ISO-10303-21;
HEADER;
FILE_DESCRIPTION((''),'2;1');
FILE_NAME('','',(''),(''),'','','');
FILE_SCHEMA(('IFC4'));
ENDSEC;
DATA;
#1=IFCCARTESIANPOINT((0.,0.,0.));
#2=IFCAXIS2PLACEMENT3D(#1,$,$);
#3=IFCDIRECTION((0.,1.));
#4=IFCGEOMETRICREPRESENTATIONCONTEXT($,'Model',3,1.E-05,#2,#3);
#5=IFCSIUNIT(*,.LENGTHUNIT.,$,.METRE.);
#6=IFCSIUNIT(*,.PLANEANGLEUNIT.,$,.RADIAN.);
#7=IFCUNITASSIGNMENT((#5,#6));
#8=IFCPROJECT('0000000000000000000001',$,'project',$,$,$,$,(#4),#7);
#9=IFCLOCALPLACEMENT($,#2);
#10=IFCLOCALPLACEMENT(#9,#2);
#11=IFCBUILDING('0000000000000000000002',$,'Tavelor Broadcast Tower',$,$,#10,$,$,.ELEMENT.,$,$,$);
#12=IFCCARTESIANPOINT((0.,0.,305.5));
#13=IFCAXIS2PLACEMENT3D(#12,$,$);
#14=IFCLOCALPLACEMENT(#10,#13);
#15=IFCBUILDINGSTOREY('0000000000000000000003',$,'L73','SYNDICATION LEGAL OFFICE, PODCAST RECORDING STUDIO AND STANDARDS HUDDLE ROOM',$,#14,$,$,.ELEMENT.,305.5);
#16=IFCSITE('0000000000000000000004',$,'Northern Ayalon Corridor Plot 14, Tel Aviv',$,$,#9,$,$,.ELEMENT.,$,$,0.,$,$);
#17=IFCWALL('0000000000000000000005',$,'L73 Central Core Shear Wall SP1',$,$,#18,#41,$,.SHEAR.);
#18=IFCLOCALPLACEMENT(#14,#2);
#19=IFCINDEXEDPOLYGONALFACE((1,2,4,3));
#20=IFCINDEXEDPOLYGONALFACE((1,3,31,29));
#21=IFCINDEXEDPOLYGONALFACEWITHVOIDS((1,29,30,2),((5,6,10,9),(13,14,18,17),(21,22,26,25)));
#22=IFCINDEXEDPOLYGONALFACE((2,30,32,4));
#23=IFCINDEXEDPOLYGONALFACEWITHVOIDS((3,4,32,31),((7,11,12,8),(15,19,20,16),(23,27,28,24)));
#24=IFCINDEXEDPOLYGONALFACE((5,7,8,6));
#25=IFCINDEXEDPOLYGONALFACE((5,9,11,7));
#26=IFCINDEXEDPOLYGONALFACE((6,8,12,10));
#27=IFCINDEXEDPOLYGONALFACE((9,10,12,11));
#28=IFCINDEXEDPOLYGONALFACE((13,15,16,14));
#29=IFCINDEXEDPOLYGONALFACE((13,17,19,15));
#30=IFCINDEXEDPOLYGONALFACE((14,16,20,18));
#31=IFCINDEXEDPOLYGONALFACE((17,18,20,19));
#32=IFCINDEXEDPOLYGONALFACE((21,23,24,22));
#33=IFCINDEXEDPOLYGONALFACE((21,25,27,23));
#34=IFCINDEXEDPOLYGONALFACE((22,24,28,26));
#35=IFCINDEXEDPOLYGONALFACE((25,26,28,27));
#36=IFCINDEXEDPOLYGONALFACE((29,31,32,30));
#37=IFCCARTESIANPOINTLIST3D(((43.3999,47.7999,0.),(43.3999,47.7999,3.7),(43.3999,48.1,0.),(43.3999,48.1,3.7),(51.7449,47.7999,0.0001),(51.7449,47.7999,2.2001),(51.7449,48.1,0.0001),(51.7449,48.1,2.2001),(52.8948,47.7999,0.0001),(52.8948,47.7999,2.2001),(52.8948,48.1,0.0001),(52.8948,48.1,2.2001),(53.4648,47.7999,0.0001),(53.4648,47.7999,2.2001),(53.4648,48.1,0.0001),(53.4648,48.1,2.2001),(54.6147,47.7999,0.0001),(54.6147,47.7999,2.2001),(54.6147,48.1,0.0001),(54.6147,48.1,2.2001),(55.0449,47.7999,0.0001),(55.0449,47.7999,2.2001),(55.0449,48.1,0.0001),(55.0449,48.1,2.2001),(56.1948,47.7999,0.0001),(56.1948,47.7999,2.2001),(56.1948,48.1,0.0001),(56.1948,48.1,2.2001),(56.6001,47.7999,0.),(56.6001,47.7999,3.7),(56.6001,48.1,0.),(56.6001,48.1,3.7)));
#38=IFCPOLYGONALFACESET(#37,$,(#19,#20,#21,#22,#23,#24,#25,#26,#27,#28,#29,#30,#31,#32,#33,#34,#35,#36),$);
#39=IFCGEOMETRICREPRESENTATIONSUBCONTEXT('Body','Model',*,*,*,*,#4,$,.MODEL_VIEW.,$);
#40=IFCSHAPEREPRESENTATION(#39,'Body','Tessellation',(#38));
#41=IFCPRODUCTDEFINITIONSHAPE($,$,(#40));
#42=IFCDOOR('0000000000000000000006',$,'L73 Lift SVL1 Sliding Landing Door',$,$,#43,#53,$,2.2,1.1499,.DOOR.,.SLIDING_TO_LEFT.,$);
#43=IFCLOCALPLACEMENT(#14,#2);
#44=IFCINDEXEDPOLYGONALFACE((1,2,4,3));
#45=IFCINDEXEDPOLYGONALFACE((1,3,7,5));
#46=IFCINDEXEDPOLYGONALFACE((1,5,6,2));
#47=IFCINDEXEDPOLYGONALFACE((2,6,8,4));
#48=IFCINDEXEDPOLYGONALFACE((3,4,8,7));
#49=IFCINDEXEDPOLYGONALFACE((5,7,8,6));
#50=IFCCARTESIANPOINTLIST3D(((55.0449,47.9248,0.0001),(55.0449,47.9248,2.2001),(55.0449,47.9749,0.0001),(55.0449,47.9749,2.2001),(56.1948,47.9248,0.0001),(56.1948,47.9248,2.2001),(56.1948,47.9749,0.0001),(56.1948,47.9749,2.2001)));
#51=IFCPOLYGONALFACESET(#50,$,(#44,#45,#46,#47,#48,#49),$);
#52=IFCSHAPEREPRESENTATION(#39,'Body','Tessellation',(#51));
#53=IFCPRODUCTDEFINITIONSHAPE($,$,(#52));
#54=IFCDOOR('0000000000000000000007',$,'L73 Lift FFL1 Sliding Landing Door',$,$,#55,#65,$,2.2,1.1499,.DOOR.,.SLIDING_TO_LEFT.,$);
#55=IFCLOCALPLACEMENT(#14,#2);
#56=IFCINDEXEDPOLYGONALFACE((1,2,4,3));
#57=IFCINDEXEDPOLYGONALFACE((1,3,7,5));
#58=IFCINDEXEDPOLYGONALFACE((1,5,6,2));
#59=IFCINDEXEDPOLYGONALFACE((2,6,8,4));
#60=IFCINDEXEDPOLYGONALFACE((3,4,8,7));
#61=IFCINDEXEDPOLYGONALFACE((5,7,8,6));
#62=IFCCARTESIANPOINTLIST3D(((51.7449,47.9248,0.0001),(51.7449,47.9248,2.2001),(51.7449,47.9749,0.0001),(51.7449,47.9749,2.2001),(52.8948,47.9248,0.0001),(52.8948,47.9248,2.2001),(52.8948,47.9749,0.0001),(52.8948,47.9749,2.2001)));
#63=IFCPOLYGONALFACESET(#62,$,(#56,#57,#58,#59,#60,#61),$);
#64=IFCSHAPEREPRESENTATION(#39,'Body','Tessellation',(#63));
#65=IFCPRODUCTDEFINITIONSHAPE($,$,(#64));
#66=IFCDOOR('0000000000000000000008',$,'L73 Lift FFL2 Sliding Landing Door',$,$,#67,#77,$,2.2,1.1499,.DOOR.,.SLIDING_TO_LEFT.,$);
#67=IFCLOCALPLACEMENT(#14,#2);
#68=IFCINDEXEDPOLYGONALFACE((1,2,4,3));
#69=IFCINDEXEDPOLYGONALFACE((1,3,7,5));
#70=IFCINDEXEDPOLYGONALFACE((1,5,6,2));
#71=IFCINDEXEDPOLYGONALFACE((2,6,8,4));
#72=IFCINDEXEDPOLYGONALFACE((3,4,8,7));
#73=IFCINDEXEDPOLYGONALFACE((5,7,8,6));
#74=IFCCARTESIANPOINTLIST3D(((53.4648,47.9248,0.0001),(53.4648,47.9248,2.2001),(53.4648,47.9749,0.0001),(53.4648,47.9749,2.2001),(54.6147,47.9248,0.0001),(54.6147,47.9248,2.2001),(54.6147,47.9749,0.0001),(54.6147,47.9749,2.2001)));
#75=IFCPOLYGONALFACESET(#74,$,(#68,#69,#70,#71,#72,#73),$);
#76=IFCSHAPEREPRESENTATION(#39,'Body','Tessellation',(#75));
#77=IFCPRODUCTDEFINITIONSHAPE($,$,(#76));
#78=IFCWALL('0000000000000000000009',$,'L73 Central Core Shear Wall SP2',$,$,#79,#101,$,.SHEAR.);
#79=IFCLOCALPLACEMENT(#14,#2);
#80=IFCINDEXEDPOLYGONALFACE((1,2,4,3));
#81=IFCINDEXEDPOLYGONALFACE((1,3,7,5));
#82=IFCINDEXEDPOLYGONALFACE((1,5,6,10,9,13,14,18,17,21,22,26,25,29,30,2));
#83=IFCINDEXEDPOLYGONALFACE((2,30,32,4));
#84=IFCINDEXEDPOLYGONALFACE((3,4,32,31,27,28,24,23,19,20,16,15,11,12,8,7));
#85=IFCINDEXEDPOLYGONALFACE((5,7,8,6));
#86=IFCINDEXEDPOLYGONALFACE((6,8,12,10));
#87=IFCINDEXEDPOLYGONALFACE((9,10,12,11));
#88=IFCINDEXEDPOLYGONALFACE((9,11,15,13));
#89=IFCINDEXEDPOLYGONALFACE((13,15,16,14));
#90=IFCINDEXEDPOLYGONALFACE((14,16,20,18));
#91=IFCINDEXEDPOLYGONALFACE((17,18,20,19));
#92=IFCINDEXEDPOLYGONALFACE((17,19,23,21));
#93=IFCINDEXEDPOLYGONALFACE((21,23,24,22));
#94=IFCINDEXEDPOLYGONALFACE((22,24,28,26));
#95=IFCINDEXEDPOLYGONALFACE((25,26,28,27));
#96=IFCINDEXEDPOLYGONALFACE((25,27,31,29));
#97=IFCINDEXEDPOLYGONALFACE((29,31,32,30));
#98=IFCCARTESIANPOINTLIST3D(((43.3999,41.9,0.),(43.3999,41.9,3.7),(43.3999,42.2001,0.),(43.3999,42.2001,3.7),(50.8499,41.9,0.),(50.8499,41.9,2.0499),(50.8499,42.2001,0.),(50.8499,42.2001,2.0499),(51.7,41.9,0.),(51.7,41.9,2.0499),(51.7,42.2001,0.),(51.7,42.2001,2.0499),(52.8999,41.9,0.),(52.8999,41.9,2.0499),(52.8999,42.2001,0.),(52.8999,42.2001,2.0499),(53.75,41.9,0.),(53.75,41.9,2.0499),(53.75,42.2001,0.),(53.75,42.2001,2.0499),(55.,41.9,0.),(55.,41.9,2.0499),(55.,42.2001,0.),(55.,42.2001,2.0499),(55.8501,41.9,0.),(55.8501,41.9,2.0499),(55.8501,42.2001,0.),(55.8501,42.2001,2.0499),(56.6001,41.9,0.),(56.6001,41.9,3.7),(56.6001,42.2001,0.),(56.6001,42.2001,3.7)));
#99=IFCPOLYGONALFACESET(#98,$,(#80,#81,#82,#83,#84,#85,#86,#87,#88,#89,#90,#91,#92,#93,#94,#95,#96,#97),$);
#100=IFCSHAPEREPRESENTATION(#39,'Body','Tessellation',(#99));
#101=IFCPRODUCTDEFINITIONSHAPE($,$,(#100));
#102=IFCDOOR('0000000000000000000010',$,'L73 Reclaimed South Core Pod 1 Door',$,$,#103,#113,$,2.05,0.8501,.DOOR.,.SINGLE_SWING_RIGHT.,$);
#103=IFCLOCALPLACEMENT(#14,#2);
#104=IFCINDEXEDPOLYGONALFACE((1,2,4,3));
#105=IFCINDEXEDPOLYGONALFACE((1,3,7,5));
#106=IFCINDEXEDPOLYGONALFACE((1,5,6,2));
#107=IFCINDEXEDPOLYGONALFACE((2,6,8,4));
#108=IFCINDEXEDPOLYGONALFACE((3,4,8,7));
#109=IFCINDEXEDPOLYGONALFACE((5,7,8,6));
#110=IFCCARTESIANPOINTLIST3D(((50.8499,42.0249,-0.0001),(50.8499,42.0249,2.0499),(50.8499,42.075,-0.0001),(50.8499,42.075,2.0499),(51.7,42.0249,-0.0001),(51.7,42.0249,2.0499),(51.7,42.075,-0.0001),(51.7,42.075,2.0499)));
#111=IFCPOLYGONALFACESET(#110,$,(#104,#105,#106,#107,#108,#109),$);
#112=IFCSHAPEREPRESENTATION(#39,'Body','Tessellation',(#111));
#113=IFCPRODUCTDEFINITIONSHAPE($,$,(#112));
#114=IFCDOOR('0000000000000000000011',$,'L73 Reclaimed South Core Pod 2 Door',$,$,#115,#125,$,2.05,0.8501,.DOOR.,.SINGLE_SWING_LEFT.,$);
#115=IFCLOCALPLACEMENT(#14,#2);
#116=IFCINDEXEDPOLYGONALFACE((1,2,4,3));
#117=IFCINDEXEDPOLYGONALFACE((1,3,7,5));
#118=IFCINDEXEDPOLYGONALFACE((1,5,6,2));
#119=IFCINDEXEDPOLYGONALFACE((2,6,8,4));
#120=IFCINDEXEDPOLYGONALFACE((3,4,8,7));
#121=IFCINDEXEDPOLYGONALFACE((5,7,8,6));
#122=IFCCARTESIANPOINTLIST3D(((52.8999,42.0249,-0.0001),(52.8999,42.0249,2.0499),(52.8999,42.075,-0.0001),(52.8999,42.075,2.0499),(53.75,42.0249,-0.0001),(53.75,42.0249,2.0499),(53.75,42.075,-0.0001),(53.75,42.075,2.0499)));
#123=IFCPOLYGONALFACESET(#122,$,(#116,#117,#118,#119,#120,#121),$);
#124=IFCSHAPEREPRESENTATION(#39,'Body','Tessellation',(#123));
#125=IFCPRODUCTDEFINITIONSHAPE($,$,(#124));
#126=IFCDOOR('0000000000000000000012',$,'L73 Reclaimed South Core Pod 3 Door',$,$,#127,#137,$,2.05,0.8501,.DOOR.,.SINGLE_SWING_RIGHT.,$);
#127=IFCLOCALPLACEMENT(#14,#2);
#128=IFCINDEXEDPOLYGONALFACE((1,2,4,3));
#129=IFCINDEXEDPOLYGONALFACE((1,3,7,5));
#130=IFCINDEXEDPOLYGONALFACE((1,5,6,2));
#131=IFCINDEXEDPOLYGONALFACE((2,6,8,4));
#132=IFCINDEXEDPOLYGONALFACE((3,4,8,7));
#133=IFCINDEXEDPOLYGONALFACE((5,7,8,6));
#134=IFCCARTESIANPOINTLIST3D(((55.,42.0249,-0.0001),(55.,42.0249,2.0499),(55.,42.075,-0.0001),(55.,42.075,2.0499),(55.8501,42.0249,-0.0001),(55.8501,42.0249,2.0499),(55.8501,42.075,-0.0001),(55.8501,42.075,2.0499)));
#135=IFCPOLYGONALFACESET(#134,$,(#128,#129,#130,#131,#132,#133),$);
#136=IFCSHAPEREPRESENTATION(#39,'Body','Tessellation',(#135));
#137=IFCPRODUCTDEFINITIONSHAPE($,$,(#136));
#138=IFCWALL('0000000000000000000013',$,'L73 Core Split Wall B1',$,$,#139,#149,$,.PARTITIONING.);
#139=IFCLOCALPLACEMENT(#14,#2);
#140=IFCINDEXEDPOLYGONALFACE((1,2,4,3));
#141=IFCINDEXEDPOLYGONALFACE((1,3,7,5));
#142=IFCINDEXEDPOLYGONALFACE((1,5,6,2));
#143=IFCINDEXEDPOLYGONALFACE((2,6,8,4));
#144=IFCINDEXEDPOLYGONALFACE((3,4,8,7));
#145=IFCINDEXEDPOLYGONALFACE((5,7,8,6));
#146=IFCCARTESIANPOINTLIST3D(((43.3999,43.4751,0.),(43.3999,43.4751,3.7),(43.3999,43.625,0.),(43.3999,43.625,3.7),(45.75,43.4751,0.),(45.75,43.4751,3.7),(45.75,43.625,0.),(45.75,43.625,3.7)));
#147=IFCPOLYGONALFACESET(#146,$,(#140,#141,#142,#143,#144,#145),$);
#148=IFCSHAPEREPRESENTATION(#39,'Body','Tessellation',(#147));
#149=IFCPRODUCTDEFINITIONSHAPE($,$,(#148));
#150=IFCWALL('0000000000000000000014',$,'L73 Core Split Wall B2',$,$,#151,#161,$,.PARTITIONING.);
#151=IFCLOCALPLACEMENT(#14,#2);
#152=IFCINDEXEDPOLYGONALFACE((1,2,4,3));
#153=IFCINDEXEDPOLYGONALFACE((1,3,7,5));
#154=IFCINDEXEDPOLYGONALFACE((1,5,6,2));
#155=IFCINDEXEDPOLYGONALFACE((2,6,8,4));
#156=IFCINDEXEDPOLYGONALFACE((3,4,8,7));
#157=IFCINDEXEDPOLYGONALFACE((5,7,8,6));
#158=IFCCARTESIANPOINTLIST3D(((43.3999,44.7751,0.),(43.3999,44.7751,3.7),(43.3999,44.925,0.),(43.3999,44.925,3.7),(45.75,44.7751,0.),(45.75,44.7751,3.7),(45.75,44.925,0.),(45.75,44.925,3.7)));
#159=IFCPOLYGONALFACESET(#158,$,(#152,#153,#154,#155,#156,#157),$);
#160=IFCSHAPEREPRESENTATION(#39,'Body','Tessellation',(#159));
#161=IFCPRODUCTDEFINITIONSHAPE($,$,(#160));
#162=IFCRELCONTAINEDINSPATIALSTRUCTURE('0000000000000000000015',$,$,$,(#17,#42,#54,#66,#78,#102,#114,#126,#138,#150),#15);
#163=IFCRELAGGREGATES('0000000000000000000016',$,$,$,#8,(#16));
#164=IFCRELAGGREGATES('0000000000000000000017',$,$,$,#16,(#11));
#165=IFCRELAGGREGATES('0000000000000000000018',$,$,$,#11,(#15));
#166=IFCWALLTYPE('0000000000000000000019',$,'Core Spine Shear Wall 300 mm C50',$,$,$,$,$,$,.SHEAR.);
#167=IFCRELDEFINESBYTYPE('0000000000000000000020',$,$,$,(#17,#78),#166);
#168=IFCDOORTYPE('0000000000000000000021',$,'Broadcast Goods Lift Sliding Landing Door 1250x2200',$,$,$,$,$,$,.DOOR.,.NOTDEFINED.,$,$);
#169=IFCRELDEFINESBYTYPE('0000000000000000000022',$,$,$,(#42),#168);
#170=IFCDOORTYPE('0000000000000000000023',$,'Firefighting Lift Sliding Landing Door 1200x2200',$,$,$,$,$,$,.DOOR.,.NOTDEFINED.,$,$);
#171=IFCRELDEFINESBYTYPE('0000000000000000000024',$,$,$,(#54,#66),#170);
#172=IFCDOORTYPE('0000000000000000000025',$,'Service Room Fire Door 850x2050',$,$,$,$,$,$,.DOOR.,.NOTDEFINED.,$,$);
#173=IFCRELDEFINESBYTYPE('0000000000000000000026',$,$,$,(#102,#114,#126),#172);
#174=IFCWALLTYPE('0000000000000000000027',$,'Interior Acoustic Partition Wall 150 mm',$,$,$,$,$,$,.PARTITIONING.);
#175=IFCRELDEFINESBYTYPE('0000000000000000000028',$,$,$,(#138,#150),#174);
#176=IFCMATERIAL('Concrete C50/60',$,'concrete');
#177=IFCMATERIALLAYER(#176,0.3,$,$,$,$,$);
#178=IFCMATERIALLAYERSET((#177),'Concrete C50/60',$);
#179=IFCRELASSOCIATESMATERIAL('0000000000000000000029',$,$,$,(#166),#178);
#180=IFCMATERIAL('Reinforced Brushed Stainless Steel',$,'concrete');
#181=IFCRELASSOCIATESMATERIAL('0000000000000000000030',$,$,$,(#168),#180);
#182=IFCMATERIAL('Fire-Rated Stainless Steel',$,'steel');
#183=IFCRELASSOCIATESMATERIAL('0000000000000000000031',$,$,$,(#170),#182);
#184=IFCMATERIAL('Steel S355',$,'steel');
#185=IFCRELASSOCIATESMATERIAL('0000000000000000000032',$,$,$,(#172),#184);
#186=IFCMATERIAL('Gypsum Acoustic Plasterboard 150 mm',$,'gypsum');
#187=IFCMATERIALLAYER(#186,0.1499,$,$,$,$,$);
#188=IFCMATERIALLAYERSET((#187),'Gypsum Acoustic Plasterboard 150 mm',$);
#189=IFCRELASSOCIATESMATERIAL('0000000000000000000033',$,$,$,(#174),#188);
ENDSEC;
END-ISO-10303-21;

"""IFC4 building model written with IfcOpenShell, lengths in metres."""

from ifc_helpers import new_model, si_unit, direction, frame, frame_2d, origin, place, context, subcontext, project, spatial, rectangle, extrude, material, layer, layer_set, type_object, element, fill, save


model = new_model("IFC4")

# Units and contexts
model_context = context("Model", 3, precision=1e-05, world=origin(), true_north=direction((0.0, 1.0)))
body_context = subcontext(model_context, "Body", "Model", "MODEL_VIEW")
ifc_project = project(units=[si_unit("LENGTHUNIT", "METRE"), si_unit("PLANEANGLEUNIT", "RADIAN")], contexts=[model_context])

# Site, building, storey
site_placement = place(None, origin())
site = spatial("IfcSite", under=ifc_project, at=site_placement, Name="Northern Ayalon Corridor Plot 14, Tel Aviv", CompositionType="ELEMENT", RefElevation=0.0)
building_placement = place(site_placement, origin())
building = spatial("IfcBuilding", under=site, at=building_placement, Name="Tavelor Broadcast Tower", CompositionType="ELEMENT")
storey_placement = place(building_placement, frame((0.0, 0.0, 305.5)))
storey = spatial("IfcBuildingStorey", under=building, at=storey_placement, Name="L73", Description="SYNDICATION LEGAL OFFICE, PODCAST RECORDING STUDIO AND STANDARDS HUDDLE ROOM", CompositionType="ELEMENT", Elevation=305.5)

# Shared definitions
ifc_material_1 = material(Name="Concrete C50/60", Category="concrete")

# Shared definitions
ifc_material_2 = material(Name="Steel S355", Category="steel")

# Walls, openings, doors
ifc_layer_1 = layer(ifc_material_1, 0.3)
ifc_layer_set_1 = layer_set([ifc_layer_1], Name="Concrete C50/60")
wall_type_1 = type_object("IfcWallType", Name="Core Spine Shear Wall 300 mm C50", PredefinedType="SHEAR", material=ifc_layer_set_1)
wall_1_placement = place(storey_placement, frame((43.3999, 47.95, 0.0), z_axis=(0.0, 0.0, 1.0), x_axis=(1.0, 0.0, 0.0)))
wall_1 = element("IfcWall", 1, at=wall_1_placement, inside=storey, type_object=wall_type_1, Name="L73 Central Core Shear Wall SP1", PredefinedType="SHEAR", context=body_context, shape_type="SweptSolid", body=[
    extrude(rectangle(XDim=13.2002, YDim=0.3, at=frame_2d((6.6001, 0.0))), origin(), (0.0, 0.0, 1.0), 3.7),
])
opening_1_placement = place(wall_1_placement, frame((8.345, 0.0, 0.0)))
opening_1 = element("IfcOpeningElement", 2, at=opening_1_placement, cuts=wall_1, PredefinedType="OPENING", context=body_context, shape_type="SweptSolid", body=[
    extrude(rectangle(XDim=1.1499, YDim=2.2, at=frame_2d((0.575, 1.1001))), frame((0.0, 0.1602, 0.0), z_axis=(0.0, -1.0, 0.0), x_axis=(1.0, 0.0, 0.0)), (0.0, 0.0, 1.0), 0.3201),
])
opening_2_placement = place(wall_1_placement, frame((10.0649, 0.0, 0.0)))
opening_2 = element("IfcOpeningElement", 3, at=opening_2_placement, cuts=wall_1, PredefinedType="OPENING", context=body_context, shape_type="SweptSolid", body=[
    extrude(rectangle(XDim=1.1499, YDim=2.2, at=frame_2d((0.575, 1.1001))), frame((0.0, 0.1602, 0.0), z_axis=(0.0, -1.0, 0.0), x_axis=(1.0, 0.0, 0.0)), (0.0, 0.0, 1.0), 0.3201),
])
opening_3_placement = place(wall_1_placement, frame((11.645, 0.0, 0.0)))
opening_3 = element("IfcOpeningElement", 4, at=opening_3_placement, cuts=wall_1, PredefinedType="OPENING", context=body_context, shape_type="SweptSolid", body=[
    extrude(rectangle(XDim=1.1499, YDim=2.2, at=frame_2d((0.575, 1.1001))), frame((0.0, 0.1602, 0.0), z_axis=(0.0, -1.0, 0.0), x_axis=(1.0, 0.0, 0.0)), (0.0, 0.0, 1.0), 0.3201),
])
ifc_material_3 = material(Name="Reinforced Brushed Stainless Steel", Category="concrete")
door_type_1 = type_object("IfcDoorType", Name="Broadcast Goods Lift Sliding Landing Door 1250x2200", OperationType="NOTDEFINED", PredefinedType="DOOR", material=ifc_material_3)
door_1_placement = place(opening_3_placement, origin())
door_1 = element("IfcDoor", 5, at=door_1_placement, inside=storey, type_object=door_type_1, Name="L73 Lift SVL1 Sliding Landing Door", OperationType="SLIDING_TO_LEFT", OverallHeight=2.2, OverallWidth=1.1499, PredefinedType="DOOR", context=body_context, shape_type="SweptSolid", body=[
    extrude(rectangle(XDim=1.1499, YDim=2.2, at=frame_2d((0.575, 1.1001))), frame((0.0, 0.0249, 0.0), z_axis=(0.0, -1.0, 0.0), x_axis=(1.0, 0.0, 0.0)), (0.0, 0.0, 1.0), 0.05),
])
fill(opening_3, door_1)
ifc_material_4 = material(Name="Fire-Rated Stainless Steel", Category="steel")
door_type_2 = type_object("IfcDoorType", Name="Firefighting Lift Sliding Landing Door 1200x2200", OperationType="NOTDEFINED", PredefinedType="DOOR", material=ifc_material_4)
door_2_placement = place(opening_1_placement, origin())
door_2 = element("IfcDoor", 6, at=door_2_placement, inside=storey, type_object=door_type_2, Name="L73 Lift FFL1 Sliding Landing Door", OperationType="SLIDING_TO_LEFT", OverallHeight=2.2, OverallWidth=1.1499, PredefinedType="DOOR", context=body_context, shape_type="SweptSolid", body=[
    extrude(rectangle(XDim=1.1499, YDim=2.2, at=frame_2d((0.575, 1.1001))), frame((0.0, 0.0249, 0.0), z_axis=(0.0, -1.0, 0.0), x_axis=(1.0, 0.0, 0.0)), (0.0, 0.0, 1.0), 0.05),
])
fill(opening_1, door_2)
door_3_placement = place(opening_2_placement, origin())
door_3 = element("IfcDoor", 7, at=door_3_placement, inside=storey, type_object=door_type_2, Name="L73 Lift FFL2 Sliding Landing Door", OperationType="SLIDING_TO_LEFT", OverallHeight=2.2, OverallWidth=1.1499, PredefinedType="DOOR", context=body_context, shape_type="SweptSolid", body=[
    extrude(rectangle(XDim=1.1499, YDim=2.2, at=frame_2d((0.575, 1.1001))), frame((0.0, 0.0249, 0.0), z_axis=(0.0, -1.0, 0.0), x_axis=(1.0, 0.0, 0.0)), (0.0, 0.0, 1.0), 0.05),
])
fill(opening_2, door_3)
wall_2_placement = place(storey_placement, frame((43.3999, 42.05, 0.0), z_axis=(0.0, 0.0, 1.0), x_axis=(1.0, 0.0, 0.0)))
wall_2 = element("IfcWall", 8, at=wall_2_placement, inside=storey, type_object=wall_type_1, Name="L73 Central Core Shear Wall SP2", PredefinedType="SHEAR", context=body_context, shape_type="SweptSolid", body=[
    extrude(rectangle(XDim=13.2002, YDim=0.3, at=frame_2d((6.6001, 0.0))), origin(), (0.0, 0.0, 1.0), 3.7),
])
opening_4_placement = place(wall_2_placement, frame((7.45, 0.0, 0.0)))
opening_4 = element("IfcOpeningElement", 9, at=opening_4_placement, cuts=wall_2, PredefinedType="OPENING", context=body_context, shape_type="SweptSolid", body=[
    extrude(rectangle(XDim=0.8501, YDim=2.05, at=frame_2d((0.425, 1.0249))), frame((0.0, 0.1602, 0.0), z_axis=(0.0, -1.0, 0.0), x_axis=(1.0, 0.0, 0.0)), (0.0, 0.0, 1.0), 0.3201),
])
opening_5_placement = place(wall_2_placement, frame((9.5, 0.0, 0.0)))
opening_5 = element("IfcOpeningElement", 10, at=opening_5_placement, cuts=wall_2, PredefinedType="OPENING", context=body_context, shape_type="SweptSolid", body=[
    extrude(rectangle(XDim=0.8501, YDim=2.05, at=frame_2d((0.425, 1.0249))), frame((0.0, 0.1602, 0.0), z_axis=(0.0, -1.0, 0.0), x_axis=(1.0, 0.0, 0.0)), (0.0, 0.0, 1.0), 0.3201),
])
opening_6_placement = place(wall_2_placement, frame((11.6001, 0.0, 0.0)))
opening_6 = element("IfcOpeningElement", 11, at=opening_6_placement, cuts=wall_2, PredefinedType="OPENING", context=body_context, shape_type="SweptSolid", body=[
    extrude(rectangle(XDim=0.8501, YDim=2.05, at=frame_2d((0.425, 1.0249))), frame((0.0, 0.1602, 0.0), z_axis=(0.0, -1.0, 0.0), x_axis=(1.0, 0.0, 0.0)), (0.0, 0.0, 1.0), 0.3201),
])
door_type_3 = type_object("IfcDoorType", Name="Service Room Fire Door 850x2050", OperationType="NOTDEFINED", PredefinedType="DOOR", material=ifc_material_2)
door_4_placement = place(opening_4_placement, origin())
door_4 = element("IfcDoor", 12, at=door_4_placement, inside=storey, type_object=door_type_3, Name="L73 Reclaimed South Core Pod 1 Door", OperationType="SINGLE_SWING_RIGHT", OverallHeight=2.05, OverallWidth=0.8501, PredefinedType="DOOR", context=body_context, shape_type="SweptSolid", body=[
    extrude(rectangle(XDim=0.8501, YDim=2.05, at=frame_2d((0.425, 1.0249))), frame((0.0, 0.0249, 0.0), z_axis=(0.0, -1.0, 0.0), x_axis=(1.0, 0.0, 0.0)), (0.0, 0.0, 1.0), 0.05),
])
fill(opening_4, door_4)
door_5_placement = place(opening_5_placement, origin())
door_5 = element("IfcDoor", 13, at=door_5_placement, inside=storey, type_object=door_type_3, Name="L73 Reclaimed South Core Pod 2 Door", OperationType="SINGLE_SWING_LEFT", OverallHeight=2.05, OverallWidth=0.8501, PredefinedType="DOOR", context=body_context, shape_type="SweptSolid", body=[
    extrude(rectangle(XDim=0.8501, YDim=2.05, at=frame_2d((0.425, 1.0249))), frame((0.0, 0.0249, 0.0), z_axis=(0.0, -1.0, 0.0), x_axis=(1.0, 0.0, 0.0)), (0.0, 0.0, 1.0), 0.05),
])
fill(opening_5, door_5)
door_6_placement = place(opening_6_placement, origin())
door_6 = element("IfcDoor", 14, at=door_6_placement, inside=storey, type_object=door_type_3, Name="L73 Reclaimed South Core Pod 3 Door", OperationType="SINGLE_SWING_RIGHT", OverallHeight=2.05, OverallWidth=0.8501, PredefinedType="DOOR", context=body_context, shape_type="SweptSolid", body=[
    extrude(rectangle(XDim=0.8501, YDim=2.05, at=frame_2d((0.425, 1.0249))), frame((0.0, 0.0249, 0.0), z_axis=(0.0, -1.0, 0.0), x_axis=(1.0, 0.0, 0.0)), (0.0, 0.0, 1.0), 0.05),
])
fill(opening_6, door_6)

# Walls
ifc_material_5 = material(Name="Gypsum Acoustic Plasterboard 150 mm", Category="gypsum")
ifc_layer_2 = layer(ifc_material_5, 0.1499)
ifc_layer_set_2 = layer_set([ifc_layer_2], Name="Gypsum Acoustic Plasterboard 150 mm")
wall_type_2 = type_object("IfcWallType", Name="Interior Acoustic Partition Wall 150 mm", PredefinedType="PARTITIONING", material=ifc_layer_set_2)
for number, where, z_axis, x_axis, name in (
    (15, (43.3999, 43.55, 0.0), (0.0, 0.0, 1.0), (1.0, 0.0, 0.0), "L73 Core Split Wall B1"),
    (16, (43.3999, 44.8501, 0.0), (0.0, 0.0, 1.0), (1.0, 0.0, 0.0), "L73 Core Split Wall B2"),
):
    element("IfcWall", number, at=place(storey_placement, frame(where, z_axis=z_axis, x_axis=x_axis)), inside=storey, type_object=wall_type_2, Name=name, PredefinedType="PARTITIONING", context=body_context, shape_type="SweptSolid", body=[
        extrude(rectangle(XDim=2.3501, YDim=0.1499, at=frame_2d((1.175, 0.0))), origin(), (0.0, 0.0, 1.0), 3.7),
    ])

save(model, "model.ifc")
